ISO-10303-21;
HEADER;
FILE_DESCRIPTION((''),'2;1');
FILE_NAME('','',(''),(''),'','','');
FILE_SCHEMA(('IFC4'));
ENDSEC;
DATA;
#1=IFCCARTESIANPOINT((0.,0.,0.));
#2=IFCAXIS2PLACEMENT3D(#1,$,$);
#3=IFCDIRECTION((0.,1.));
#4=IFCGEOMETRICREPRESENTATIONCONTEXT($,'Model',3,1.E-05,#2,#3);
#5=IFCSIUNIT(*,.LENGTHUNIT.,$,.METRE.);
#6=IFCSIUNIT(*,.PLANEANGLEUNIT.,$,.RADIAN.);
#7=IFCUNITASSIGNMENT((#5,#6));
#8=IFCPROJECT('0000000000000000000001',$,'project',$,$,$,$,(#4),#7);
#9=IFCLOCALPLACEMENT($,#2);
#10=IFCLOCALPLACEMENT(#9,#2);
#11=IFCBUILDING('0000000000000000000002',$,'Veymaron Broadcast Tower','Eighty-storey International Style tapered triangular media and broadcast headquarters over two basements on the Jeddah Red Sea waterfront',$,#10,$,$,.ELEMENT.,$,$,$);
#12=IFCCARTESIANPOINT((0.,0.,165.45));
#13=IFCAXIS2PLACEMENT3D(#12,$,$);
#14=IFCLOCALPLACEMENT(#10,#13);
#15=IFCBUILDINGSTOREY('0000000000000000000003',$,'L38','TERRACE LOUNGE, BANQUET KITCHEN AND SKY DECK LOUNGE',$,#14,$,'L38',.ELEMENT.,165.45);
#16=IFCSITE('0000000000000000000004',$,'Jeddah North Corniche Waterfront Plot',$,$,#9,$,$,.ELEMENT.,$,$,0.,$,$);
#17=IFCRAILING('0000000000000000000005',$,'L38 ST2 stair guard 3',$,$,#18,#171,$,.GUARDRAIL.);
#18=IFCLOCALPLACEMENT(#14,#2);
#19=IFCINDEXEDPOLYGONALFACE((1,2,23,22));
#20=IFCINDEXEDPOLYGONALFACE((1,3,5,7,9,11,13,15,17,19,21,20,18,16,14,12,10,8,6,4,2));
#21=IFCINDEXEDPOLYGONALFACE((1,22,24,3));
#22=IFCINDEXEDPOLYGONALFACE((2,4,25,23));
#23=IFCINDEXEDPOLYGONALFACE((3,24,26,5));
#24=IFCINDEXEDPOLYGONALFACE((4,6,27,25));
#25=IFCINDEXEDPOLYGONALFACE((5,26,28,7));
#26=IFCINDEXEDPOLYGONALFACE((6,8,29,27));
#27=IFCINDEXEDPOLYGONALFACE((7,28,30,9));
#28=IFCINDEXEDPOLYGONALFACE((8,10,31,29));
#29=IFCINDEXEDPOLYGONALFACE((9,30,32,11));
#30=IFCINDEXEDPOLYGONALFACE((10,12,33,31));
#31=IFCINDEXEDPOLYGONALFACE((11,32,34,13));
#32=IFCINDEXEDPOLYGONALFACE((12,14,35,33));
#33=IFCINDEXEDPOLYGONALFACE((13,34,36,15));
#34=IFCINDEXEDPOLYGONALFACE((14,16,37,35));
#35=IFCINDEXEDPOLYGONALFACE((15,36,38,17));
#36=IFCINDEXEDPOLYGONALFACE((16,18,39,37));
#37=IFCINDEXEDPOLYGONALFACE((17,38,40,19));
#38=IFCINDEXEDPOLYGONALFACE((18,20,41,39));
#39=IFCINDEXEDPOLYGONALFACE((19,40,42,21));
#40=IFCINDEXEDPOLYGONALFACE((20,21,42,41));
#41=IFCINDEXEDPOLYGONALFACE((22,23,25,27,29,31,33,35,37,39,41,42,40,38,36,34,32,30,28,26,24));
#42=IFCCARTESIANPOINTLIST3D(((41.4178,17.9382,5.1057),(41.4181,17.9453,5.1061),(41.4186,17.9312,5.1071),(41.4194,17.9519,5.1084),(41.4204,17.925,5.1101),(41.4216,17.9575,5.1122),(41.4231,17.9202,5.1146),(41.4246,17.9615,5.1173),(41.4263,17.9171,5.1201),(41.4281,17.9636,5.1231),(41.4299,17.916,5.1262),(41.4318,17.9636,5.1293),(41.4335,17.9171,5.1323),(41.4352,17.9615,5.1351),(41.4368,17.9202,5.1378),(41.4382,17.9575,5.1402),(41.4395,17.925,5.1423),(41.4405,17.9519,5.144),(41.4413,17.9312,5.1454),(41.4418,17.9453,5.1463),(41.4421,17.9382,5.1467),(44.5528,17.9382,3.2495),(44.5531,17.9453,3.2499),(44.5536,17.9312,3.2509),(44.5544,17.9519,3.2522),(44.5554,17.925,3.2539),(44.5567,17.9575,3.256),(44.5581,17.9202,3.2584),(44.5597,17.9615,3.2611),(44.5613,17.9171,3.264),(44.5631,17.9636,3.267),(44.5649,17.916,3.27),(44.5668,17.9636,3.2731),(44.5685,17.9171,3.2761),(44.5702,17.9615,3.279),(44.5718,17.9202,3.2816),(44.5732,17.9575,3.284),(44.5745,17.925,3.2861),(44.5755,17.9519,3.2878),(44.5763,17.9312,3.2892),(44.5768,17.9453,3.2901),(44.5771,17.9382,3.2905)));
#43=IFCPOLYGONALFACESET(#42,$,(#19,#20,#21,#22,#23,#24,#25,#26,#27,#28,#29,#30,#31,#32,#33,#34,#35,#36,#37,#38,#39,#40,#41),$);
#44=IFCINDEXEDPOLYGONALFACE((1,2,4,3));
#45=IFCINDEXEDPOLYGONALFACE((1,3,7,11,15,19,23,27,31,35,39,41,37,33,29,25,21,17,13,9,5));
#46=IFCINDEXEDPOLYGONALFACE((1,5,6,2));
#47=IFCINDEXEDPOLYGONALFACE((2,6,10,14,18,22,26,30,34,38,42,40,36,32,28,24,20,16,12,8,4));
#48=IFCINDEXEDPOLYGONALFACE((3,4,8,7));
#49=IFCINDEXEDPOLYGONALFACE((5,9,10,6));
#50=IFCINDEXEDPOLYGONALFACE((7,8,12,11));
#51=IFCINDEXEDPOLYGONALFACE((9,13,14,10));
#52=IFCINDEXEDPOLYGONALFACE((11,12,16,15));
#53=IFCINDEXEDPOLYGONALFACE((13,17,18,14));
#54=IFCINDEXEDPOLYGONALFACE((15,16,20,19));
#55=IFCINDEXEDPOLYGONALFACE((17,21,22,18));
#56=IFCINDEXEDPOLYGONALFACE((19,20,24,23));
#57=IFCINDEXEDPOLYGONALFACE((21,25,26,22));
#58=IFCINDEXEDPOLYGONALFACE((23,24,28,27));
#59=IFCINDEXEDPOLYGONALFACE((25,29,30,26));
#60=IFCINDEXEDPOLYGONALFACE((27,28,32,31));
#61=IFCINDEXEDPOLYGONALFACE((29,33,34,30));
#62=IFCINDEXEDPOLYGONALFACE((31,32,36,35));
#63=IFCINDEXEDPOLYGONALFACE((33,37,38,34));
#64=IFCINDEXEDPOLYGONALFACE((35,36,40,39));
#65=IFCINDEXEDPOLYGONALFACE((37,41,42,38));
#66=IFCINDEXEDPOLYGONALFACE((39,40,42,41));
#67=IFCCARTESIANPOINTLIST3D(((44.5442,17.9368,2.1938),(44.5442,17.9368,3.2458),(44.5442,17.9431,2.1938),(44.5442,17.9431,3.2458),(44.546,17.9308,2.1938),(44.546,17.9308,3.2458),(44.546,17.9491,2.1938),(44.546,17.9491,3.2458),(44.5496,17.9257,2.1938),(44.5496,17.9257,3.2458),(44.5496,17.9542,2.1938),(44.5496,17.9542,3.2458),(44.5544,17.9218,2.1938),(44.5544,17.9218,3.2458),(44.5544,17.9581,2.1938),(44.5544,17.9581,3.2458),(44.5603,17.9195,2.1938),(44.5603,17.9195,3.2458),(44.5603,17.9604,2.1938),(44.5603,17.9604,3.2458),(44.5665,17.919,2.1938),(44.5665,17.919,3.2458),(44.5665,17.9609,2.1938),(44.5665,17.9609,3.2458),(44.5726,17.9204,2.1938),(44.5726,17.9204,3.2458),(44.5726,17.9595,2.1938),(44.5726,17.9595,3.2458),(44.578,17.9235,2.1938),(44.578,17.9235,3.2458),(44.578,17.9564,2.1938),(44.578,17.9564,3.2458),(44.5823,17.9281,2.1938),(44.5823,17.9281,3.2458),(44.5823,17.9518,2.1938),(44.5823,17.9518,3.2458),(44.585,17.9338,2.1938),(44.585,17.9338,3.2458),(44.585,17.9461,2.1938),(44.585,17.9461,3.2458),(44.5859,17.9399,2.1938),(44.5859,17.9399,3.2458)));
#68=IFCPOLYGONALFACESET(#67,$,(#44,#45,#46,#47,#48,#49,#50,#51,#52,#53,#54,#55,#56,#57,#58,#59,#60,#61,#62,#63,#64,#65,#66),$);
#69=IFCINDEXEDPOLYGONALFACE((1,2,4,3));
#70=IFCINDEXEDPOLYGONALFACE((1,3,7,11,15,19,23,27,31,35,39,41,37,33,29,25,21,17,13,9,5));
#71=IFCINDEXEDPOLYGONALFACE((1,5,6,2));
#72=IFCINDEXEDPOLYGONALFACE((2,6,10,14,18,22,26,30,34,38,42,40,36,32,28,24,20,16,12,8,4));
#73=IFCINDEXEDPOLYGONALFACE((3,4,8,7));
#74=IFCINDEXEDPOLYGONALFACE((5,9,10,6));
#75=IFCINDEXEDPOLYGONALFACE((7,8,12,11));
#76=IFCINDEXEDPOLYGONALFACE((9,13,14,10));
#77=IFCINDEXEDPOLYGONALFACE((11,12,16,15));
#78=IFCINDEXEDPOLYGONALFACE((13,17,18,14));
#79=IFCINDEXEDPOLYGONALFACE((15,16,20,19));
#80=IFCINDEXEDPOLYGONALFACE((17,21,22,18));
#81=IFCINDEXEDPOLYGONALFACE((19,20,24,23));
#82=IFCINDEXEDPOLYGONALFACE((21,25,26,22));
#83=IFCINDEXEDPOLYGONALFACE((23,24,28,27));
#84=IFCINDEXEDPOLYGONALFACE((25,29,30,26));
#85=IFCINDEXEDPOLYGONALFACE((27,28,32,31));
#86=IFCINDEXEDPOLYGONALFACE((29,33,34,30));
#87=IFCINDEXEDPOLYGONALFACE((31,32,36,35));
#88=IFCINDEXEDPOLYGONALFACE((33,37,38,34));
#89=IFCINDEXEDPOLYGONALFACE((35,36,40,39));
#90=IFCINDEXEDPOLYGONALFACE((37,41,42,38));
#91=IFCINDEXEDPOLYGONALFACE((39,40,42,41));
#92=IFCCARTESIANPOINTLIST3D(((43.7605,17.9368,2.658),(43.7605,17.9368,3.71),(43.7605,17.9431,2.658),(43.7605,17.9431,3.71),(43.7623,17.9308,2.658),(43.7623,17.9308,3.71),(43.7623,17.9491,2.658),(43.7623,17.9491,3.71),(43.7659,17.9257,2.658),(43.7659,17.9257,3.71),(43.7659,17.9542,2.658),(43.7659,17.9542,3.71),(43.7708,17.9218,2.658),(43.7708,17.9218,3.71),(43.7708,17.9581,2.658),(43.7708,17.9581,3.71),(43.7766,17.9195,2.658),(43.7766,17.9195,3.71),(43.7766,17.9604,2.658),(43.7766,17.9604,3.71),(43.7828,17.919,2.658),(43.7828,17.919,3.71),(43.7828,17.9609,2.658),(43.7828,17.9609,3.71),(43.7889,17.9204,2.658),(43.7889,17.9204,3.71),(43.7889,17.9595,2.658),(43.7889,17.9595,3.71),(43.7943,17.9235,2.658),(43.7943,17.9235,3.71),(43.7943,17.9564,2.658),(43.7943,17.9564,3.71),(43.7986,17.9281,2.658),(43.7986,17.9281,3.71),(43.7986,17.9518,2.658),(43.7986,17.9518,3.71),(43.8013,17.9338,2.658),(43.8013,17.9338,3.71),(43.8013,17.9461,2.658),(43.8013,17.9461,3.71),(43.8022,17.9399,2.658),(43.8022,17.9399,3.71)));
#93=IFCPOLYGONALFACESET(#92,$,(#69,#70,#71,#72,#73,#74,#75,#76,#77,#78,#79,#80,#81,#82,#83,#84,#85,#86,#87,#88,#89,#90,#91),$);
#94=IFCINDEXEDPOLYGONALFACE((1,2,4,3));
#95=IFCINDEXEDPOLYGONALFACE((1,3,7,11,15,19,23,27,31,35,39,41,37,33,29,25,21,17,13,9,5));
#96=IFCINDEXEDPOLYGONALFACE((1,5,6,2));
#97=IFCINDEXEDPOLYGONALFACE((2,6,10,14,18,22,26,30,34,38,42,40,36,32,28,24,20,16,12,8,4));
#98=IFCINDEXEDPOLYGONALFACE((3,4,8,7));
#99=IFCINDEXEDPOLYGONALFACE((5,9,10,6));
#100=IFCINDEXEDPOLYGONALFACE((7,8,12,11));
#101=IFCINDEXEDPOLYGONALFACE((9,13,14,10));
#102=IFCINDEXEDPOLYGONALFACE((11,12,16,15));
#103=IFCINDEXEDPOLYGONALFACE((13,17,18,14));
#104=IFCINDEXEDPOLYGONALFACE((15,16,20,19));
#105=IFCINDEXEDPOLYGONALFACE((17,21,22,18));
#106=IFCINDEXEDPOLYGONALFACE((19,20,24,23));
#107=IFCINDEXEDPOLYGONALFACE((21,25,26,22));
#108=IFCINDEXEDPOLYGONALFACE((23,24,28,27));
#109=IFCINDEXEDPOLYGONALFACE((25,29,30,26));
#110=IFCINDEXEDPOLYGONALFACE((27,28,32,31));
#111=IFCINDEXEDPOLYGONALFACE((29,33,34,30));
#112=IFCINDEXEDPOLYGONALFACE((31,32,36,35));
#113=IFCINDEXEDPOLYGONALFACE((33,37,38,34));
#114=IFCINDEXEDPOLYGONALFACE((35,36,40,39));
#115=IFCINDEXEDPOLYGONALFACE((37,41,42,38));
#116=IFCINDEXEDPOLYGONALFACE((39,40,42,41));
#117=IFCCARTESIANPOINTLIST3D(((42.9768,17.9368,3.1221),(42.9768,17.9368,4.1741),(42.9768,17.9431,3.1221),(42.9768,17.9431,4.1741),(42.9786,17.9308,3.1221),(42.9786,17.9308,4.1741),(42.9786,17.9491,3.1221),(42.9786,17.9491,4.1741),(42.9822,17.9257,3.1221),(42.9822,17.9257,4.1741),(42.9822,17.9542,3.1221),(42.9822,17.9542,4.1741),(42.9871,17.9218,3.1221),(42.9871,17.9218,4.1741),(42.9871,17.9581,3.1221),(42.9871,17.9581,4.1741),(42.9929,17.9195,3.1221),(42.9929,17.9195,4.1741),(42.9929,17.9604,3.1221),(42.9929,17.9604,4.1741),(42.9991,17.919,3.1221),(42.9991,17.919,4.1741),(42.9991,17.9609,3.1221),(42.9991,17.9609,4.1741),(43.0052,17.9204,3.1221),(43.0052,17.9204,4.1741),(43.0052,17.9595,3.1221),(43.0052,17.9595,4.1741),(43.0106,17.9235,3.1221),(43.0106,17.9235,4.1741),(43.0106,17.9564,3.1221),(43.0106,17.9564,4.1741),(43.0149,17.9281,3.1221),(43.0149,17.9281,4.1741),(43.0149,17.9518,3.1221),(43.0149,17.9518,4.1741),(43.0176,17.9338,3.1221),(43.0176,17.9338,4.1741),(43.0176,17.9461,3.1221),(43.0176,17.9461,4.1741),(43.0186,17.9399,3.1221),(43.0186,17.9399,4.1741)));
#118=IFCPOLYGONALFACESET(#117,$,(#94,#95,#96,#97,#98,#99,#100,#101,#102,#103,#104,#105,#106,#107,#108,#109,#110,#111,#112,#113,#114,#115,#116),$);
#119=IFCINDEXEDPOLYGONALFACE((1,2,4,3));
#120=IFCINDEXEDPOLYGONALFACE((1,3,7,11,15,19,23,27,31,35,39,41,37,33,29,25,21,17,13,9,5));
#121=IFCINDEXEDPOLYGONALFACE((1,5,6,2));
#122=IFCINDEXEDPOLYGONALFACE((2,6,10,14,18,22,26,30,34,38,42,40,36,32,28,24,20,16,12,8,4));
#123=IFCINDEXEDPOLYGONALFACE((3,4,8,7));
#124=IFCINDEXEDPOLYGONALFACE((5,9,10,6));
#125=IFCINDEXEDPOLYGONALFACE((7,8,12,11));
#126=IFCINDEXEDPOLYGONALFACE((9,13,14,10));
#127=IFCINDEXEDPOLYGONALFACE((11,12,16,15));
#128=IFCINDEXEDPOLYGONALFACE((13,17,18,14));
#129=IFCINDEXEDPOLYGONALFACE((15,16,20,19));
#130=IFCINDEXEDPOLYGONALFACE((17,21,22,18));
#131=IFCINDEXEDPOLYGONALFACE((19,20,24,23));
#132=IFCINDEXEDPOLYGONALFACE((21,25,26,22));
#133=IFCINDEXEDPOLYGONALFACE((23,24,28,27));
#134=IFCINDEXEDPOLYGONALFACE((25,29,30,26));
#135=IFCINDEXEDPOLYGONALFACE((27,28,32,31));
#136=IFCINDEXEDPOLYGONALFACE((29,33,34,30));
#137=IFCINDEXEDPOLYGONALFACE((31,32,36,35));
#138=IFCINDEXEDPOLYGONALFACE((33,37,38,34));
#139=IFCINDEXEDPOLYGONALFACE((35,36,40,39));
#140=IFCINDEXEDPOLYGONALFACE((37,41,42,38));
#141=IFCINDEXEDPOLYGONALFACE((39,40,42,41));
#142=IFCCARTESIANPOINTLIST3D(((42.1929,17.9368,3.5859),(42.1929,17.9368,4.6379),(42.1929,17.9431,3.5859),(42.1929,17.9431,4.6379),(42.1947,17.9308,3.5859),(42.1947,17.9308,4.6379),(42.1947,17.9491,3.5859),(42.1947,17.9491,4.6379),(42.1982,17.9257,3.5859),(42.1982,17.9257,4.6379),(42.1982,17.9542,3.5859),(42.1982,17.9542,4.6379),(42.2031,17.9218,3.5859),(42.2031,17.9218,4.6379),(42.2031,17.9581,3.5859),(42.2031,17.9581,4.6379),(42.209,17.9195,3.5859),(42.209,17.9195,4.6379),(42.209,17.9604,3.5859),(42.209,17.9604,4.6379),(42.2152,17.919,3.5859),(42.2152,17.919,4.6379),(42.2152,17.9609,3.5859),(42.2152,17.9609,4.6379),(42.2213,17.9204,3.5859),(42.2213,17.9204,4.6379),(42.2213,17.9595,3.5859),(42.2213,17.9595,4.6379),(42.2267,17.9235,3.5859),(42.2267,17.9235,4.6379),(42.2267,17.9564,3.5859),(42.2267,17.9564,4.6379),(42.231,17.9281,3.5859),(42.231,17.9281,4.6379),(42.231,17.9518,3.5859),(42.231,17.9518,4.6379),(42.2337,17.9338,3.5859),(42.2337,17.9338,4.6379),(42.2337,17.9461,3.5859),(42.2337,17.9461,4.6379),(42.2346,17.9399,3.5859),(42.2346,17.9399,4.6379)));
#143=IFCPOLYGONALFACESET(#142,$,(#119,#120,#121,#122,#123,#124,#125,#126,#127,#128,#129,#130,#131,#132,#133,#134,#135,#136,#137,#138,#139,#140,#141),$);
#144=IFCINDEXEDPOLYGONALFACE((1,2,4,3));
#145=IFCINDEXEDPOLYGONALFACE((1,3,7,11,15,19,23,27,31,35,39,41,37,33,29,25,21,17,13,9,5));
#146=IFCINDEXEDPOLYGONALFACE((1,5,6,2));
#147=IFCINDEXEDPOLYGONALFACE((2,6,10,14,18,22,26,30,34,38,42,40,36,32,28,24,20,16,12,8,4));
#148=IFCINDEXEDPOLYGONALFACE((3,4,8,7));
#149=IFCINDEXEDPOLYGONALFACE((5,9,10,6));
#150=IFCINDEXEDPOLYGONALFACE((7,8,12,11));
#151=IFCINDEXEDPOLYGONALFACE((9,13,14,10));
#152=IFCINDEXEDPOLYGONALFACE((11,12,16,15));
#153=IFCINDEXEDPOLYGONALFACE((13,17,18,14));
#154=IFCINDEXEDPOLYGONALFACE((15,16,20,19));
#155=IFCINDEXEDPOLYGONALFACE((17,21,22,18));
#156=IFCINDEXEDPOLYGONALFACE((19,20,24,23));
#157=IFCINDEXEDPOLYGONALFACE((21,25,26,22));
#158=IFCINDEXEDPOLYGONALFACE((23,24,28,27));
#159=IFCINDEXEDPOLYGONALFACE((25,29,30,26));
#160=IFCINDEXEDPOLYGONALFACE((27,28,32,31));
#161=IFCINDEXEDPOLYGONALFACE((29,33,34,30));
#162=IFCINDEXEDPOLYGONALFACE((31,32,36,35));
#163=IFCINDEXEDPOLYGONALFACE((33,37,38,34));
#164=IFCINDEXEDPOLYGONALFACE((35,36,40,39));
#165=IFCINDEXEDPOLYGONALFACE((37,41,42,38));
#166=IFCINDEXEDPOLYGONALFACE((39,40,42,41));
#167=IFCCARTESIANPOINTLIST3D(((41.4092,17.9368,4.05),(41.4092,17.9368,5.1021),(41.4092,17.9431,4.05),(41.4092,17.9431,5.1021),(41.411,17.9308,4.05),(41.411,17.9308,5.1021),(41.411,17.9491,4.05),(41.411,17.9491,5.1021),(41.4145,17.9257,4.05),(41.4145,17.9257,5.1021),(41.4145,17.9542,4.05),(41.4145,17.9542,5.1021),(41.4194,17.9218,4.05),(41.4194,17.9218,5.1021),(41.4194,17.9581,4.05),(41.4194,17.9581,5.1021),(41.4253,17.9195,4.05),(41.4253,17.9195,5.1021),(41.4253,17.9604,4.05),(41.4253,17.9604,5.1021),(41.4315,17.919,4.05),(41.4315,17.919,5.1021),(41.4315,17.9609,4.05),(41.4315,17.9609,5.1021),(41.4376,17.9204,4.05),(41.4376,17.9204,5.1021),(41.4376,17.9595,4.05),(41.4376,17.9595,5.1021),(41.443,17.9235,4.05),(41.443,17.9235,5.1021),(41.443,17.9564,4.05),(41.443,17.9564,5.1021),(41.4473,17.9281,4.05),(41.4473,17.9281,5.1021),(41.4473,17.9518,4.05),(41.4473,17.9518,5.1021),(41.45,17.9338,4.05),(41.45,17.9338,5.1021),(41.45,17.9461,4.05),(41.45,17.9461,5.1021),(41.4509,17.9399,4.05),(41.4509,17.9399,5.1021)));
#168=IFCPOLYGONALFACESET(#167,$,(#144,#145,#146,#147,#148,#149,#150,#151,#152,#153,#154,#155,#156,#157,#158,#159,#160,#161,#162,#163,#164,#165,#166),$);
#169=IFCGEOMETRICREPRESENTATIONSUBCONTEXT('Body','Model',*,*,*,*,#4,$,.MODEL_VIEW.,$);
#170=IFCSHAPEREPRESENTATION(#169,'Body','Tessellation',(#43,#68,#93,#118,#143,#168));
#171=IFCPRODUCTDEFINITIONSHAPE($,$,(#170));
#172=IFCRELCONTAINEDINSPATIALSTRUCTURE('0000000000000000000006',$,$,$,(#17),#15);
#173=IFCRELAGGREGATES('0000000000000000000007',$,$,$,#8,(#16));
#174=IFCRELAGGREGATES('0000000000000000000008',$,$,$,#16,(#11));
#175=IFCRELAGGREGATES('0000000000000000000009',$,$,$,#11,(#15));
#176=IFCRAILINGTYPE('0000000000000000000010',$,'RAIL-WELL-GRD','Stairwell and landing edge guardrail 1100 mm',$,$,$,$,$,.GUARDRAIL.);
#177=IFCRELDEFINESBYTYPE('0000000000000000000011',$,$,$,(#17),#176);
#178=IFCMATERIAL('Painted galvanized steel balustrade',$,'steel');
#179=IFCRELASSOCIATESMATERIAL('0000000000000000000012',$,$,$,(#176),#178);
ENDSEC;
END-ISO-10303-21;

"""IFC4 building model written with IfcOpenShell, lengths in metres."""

from ifc_helpers import new_model, si_unit, direction, frame, origin, origin_2d, place, context, subcontext, project, spatial, circle, extrude, material, type_object, element, save


model = new_model("IFC4")

# Units and contexts
model_context = context("Model", 3, precision=1e-05, world=origin(), true_north=direction((0.0, 1.0)))
body_context = subcontext(model_context, "Body", "Model", "MODEL_VIEW")
ifc_project = project(units=[si_unit("LENGTHUNIT", "METRE"), si_unit("PLANEANGLEUNIT", "RADIAN")], contexts=[model_context])

# Site, building, storey
site_placement = place(None, origin())
site = spatial("IfcSite", under=ifc_project, at=site_placement, Name="Jeddah North Corniche Waterfront Plot", CompositionType="ELEMENT", RefElevation=0.0)
building_placement = place(site_placement, origin())
building = spatial("IfcBuilding", under=site, at=building_placement, Name="Veymaron Broadcast Tower", Description="Eighty-storey International Style tapered triangular media and broadcast headquarters over two basements on the Jeddah Red Sea waterfront", CompositionType="ELEMENT")
storey_placement = place(building_placement, frame((0.0, 0.0, 165.45)))
storey = spatial("IfcBuildingStorey", under=building, at=storey_placement, Name="L38", Description="TERRACE LOUNGE, BANQUET KITCHEN AND SKY DECK LOUNGE", LongName="L38", CompositionType="ELEMENT", Elevation=165.45)

# Railing
ifc_material_1 = material(Name="Painted galvanized steel balustrade", Category="steel")
railing_type_1 = type_object("IfcRailingType", Name="RAIL-WELL-GRD", Description="Stairwell and landing edge guardrail 1100 mm", PredefinedType="GUARDRAIL", material=ifc_material_1)
railing_1_placement = place(storey_placement, frame((44.5649, 17.9399, 2.1938)))
element("IfcRailing", 1, at=railing_1_placement, inside=storey, type_object=railing_type_1, Name="L38 ST2 stair guard 3", PredefinedType="GUARDRAIL", context=body_context, shape_type="SweptSolid", body=[
    extrude(circle(Radius=0.0239, at=origin_2d()), frame((0.0, 0.0, 1.0762), z_axis=(-0.860482, 0.0, 0.509481), x_axis=(0.0, -1.0, 0.0)), (0.0, 0.0, 1.0), 3.6433),
    extrude(circle(Radius=0.021, at=origin_2d()), origin(), (0.0, 0.0, 1.0), 1.052),
    extrude(circle(Radius=0.021, at=origin_2d()), frame((-0.7837, 0.0, 0.4641)), (0.0, 0.0, 1.0), 1.052),
    extrude(circle(Radius=0.021, at=origin_2d()), frame((-1.5674, 0.0, 0.9282)), (0.0, 0.0, 1.0), 1.052),
    extrude(circle(Radius=0.021, at=origin_2d()), frame((-2.3513, 0.0, 1.3921)), (0.0, 0.0, 1.0), 1.052),
    extrude(circle(Radius=0.021, at=origin_2d()), frame((-3.135, 0.0, 1.8562)), (0.0, 0.0, 1.0), 1.052),
])

save(model, "model.ifc")
